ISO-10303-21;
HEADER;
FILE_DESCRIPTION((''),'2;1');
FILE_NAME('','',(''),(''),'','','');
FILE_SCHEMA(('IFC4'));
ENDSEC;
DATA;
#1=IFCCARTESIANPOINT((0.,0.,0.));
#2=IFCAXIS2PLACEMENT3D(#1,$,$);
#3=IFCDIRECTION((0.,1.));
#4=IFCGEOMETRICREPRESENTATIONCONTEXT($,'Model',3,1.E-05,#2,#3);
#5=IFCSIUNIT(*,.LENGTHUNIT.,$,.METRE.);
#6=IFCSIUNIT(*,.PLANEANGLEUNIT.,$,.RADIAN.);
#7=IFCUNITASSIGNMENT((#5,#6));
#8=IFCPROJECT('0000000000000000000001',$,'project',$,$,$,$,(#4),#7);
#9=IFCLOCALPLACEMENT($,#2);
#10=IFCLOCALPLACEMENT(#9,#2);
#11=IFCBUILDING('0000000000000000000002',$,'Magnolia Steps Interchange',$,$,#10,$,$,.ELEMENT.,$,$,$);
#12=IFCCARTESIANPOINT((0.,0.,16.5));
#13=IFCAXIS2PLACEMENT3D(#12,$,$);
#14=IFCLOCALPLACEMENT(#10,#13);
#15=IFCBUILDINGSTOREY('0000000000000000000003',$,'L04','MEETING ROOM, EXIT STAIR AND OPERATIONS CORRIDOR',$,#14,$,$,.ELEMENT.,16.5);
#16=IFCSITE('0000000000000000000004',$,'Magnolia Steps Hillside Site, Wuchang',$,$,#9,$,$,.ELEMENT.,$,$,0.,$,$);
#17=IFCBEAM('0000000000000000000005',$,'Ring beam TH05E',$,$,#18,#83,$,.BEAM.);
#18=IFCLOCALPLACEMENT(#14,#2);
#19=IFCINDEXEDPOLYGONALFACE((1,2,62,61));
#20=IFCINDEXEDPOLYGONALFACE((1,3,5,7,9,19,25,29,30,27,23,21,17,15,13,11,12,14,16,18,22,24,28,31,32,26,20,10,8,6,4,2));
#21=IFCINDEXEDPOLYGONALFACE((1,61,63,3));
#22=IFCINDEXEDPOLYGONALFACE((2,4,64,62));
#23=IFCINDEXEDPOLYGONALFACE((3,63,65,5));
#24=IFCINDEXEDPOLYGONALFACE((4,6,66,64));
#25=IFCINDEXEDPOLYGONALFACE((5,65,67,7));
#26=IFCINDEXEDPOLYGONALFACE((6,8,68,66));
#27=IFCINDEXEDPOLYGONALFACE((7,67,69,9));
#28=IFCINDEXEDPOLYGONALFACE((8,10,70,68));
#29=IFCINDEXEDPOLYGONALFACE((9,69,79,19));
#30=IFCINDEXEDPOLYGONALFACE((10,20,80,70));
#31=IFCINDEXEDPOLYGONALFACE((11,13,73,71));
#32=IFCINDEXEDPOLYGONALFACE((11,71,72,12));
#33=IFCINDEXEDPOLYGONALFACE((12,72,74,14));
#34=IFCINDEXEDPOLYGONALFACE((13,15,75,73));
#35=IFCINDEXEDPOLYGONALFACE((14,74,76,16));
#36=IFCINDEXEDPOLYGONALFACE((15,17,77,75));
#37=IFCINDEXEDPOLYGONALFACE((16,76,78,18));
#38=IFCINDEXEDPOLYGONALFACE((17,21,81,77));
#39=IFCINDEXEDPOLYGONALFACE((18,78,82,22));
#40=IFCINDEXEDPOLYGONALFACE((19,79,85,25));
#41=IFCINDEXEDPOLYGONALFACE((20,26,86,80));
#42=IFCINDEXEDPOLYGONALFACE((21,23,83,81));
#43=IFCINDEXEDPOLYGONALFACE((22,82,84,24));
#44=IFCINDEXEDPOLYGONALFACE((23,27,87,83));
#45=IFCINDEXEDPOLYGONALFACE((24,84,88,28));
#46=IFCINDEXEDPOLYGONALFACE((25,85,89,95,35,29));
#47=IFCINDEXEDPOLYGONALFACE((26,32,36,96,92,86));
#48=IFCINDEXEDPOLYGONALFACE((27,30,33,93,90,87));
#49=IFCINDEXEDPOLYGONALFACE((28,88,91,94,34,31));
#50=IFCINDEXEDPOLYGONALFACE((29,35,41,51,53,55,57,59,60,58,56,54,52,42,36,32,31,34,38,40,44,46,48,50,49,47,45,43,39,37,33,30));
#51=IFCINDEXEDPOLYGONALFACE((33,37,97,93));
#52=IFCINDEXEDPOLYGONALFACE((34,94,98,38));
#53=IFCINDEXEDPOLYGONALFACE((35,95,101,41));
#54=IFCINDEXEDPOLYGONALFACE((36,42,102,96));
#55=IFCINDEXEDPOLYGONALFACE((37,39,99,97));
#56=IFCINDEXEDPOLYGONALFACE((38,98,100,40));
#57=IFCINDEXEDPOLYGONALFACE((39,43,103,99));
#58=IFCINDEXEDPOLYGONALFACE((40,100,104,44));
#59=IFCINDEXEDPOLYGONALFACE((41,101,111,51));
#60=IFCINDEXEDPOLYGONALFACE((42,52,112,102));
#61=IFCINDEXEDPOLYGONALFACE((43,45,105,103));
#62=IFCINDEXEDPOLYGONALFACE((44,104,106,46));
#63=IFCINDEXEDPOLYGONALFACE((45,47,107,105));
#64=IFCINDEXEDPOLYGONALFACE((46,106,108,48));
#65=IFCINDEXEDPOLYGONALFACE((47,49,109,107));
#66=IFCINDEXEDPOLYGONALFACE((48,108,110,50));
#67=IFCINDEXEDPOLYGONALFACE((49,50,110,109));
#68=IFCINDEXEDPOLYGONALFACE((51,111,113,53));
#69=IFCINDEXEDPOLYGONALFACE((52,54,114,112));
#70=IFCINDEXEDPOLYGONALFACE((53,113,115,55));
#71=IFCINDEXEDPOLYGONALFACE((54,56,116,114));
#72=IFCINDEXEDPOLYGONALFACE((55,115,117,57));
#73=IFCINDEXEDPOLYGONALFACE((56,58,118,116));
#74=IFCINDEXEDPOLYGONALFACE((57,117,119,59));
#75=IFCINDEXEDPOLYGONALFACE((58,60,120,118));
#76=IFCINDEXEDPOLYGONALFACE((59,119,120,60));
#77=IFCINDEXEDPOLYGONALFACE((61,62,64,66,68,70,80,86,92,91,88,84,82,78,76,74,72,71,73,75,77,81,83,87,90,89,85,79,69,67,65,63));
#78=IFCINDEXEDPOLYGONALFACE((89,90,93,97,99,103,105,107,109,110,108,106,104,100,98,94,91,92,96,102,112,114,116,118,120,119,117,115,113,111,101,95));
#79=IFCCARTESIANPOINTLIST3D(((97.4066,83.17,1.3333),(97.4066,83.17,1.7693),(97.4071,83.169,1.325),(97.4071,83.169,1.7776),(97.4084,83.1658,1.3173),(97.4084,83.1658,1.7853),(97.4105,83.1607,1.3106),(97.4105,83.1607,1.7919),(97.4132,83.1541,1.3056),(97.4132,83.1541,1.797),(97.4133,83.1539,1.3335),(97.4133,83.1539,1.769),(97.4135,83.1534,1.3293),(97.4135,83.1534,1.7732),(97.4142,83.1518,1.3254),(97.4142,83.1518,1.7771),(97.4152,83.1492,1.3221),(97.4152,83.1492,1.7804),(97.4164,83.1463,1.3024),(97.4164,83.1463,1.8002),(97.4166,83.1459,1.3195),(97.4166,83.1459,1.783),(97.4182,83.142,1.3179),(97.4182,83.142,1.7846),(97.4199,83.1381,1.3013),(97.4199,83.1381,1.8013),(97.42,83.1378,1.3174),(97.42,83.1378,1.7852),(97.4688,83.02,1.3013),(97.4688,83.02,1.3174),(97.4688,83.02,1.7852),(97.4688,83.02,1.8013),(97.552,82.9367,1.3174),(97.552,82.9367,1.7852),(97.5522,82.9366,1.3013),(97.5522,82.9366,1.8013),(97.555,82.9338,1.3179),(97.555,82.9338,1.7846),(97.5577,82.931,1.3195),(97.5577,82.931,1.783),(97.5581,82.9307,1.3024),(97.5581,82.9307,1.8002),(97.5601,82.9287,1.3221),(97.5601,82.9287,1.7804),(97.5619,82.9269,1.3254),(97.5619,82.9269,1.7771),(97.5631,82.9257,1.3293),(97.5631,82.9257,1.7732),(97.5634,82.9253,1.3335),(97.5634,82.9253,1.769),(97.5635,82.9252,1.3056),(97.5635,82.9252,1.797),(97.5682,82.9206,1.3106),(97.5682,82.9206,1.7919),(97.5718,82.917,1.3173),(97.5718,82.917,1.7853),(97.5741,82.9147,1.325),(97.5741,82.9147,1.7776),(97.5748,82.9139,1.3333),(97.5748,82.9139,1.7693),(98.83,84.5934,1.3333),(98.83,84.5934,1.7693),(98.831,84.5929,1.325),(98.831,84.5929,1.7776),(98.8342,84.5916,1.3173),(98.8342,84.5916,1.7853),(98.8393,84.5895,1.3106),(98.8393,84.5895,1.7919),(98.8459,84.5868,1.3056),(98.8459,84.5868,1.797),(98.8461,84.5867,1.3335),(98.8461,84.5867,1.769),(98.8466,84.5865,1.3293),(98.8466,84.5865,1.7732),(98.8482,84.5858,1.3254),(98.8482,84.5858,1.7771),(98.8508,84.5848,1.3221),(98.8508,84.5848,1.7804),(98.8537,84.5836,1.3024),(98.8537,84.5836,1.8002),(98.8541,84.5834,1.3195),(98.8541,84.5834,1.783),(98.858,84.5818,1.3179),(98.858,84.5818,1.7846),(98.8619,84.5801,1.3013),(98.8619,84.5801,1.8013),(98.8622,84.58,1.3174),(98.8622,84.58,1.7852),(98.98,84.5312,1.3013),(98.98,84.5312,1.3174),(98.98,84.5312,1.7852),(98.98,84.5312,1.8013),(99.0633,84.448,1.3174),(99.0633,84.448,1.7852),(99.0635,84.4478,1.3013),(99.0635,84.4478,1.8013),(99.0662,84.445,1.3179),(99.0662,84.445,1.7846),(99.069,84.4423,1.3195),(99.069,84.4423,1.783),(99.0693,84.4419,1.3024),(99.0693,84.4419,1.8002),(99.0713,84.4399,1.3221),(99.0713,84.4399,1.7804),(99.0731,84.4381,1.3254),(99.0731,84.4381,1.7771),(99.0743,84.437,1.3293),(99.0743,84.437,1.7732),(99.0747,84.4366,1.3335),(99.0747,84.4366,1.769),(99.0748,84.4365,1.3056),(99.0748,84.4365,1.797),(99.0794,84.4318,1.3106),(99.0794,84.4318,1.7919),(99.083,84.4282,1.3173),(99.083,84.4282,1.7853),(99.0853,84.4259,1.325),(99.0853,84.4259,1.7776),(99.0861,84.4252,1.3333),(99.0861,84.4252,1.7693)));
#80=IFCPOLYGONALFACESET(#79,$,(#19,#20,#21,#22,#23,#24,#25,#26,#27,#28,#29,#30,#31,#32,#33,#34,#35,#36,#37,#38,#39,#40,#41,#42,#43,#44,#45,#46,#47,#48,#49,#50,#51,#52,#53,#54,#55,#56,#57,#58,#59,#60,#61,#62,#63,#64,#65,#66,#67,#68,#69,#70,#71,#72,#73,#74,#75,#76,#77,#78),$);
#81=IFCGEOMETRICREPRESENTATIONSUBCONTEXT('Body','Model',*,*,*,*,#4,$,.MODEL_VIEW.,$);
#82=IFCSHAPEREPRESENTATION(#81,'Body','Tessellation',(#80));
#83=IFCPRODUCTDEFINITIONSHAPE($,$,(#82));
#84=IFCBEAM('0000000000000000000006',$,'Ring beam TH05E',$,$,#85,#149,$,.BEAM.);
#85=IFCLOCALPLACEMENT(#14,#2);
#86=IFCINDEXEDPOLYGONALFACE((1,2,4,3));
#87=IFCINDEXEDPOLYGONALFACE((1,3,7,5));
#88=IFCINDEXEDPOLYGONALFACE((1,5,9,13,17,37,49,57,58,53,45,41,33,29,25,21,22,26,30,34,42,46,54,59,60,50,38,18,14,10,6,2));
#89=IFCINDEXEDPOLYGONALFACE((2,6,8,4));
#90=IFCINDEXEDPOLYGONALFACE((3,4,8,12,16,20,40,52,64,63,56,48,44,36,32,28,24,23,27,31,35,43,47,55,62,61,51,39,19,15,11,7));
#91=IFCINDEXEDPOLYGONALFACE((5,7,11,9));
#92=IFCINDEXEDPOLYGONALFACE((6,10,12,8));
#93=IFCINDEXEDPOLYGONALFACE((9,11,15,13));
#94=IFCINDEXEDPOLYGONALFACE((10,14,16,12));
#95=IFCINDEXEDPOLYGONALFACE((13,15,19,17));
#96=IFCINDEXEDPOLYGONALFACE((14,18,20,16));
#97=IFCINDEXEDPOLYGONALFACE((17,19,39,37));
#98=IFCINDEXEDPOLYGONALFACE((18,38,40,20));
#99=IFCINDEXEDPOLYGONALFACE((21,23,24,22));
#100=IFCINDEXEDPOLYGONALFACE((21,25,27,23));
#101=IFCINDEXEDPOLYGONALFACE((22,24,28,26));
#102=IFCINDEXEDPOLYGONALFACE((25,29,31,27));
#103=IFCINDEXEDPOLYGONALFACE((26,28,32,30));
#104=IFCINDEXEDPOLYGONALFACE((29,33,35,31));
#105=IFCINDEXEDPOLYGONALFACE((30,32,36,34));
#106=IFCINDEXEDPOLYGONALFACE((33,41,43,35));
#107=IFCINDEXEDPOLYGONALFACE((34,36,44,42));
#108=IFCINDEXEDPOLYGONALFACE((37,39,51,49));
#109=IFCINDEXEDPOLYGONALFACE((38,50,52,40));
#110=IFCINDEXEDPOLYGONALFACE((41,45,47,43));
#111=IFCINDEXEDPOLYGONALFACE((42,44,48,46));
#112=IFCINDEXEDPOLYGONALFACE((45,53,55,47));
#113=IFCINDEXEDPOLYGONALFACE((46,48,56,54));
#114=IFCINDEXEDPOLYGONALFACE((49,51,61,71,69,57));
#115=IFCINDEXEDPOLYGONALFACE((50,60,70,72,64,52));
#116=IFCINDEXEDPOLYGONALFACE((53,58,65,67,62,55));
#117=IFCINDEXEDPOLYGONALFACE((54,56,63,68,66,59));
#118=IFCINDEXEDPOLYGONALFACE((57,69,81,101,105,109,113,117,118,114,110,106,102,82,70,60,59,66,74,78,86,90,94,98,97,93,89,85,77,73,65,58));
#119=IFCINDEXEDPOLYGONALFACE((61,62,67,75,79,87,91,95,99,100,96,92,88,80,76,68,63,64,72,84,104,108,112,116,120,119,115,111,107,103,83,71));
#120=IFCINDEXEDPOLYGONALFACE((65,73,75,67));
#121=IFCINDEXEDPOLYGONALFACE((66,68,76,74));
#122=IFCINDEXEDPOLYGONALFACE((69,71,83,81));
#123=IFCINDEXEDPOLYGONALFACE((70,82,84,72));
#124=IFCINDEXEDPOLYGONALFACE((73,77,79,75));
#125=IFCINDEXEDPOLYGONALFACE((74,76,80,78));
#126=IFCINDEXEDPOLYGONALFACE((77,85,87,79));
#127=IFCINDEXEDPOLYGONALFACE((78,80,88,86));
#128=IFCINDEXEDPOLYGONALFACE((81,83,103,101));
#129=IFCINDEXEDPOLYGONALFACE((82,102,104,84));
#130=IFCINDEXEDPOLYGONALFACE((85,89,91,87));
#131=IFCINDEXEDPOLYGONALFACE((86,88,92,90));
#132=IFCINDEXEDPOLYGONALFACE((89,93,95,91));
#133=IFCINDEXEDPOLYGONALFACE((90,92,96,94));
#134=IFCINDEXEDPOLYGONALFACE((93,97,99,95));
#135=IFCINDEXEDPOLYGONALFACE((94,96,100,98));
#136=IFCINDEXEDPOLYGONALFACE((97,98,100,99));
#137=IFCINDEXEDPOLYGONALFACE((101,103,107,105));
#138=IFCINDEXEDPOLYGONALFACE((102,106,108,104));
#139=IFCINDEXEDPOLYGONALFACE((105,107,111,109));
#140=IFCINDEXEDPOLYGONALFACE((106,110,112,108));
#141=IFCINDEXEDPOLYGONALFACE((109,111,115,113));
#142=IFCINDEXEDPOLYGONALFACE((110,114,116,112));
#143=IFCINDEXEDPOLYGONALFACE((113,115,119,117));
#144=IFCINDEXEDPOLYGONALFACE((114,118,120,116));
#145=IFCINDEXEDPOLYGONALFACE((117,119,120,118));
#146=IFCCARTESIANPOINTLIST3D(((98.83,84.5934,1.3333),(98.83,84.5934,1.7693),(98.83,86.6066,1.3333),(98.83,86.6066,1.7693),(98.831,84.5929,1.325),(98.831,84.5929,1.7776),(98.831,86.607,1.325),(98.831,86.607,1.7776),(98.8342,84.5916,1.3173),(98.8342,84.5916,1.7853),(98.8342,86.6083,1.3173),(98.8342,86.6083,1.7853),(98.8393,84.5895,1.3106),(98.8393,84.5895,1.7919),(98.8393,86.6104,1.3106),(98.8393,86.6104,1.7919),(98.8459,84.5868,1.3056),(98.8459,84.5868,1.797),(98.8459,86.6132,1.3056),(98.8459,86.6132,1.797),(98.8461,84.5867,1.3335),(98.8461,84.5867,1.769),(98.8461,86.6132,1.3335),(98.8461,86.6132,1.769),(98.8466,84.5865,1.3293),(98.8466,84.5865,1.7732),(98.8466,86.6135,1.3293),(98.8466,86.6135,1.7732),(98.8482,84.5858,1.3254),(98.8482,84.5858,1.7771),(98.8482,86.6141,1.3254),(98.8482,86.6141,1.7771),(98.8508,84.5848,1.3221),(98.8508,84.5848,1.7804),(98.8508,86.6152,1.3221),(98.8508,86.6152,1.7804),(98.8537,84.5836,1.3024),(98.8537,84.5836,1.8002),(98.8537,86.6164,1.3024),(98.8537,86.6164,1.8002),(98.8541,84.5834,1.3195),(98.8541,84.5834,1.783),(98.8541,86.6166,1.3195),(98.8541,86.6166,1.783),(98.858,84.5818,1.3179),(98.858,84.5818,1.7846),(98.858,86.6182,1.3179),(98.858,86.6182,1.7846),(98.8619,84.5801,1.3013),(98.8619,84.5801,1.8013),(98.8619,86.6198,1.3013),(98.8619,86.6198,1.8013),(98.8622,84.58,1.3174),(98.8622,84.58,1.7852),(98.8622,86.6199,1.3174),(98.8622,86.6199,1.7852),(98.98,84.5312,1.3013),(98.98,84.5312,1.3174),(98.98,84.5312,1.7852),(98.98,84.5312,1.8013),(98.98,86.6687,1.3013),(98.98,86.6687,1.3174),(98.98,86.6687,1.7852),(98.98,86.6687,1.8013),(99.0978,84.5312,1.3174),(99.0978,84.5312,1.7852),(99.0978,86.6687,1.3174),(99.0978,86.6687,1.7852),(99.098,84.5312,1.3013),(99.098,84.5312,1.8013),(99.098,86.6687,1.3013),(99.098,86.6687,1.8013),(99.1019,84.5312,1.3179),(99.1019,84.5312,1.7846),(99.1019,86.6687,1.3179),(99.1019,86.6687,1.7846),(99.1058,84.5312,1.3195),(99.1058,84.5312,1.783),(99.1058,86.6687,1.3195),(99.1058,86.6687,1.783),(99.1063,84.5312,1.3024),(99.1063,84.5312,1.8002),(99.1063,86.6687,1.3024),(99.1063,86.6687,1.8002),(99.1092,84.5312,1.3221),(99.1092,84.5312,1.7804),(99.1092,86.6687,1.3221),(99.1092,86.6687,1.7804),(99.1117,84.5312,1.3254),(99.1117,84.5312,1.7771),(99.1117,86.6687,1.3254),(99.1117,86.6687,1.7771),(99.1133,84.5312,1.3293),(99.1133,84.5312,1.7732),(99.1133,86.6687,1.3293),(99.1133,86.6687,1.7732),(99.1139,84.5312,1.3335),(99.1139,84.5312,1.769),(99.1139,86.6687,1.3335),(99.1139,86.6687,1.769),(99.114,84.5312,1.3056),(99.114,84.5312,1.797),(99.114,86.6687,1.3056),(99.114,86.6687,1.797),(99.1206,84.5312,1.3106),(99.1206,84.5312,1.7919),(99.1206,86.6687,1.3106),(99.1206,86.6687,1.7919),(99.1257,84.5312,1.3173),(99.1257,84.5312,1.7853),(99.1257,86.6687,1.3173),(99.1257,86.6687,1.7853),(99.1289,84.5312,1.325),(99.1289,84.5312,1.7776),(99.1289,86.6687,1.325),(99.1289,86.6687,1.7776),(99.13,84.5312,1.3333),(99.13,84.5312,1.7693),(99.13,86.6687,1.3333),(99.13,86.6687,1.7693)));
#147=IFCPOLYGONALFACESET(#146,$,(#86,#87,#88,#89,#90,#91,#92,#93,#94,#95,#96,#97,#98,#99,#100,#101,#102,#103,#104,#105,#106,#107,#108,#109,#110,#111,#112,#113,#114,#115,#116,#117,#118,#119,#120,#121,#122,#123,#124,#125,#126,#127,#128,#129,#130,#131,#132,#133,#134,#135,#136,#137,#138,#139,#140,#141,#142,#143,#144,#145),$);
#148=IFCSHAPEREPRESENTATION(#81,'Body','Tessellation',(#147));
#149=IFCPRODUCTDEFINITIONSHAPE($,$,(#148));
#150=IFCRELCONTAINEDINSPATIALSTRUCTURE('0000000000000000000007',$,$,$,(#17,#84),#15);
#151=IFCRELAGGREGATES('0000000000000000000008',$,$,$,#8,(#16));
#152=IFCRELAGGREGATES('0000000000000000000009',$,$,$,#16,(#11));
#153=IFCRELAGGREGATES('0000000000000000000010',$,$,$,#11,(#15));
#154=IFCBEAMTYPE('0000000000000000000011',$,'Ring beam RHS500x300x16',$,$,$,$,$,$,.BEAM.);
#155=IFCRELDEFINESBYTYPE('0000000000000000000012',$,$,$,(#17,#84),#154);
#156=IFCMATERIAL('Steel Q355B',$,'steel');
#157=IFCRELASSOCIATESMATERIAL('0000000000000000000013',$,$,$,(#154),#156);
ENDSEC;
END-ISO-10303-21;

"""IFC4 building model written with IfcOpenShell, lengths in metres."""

from ifc_helpers import new_model, si_unit, direction, frame, origin, origin_2d, place, context, subcontext, project, spatial, hollow_rectangle, extrude, clip, halfspace, material, material_profile, profile_set, type_object, element, save


model = new_model("IFC4")

# Units and contexts
model_context = context("Model", 3, precision=1e-05, world=origin(), true_north=direction((0.0, 1.0)))
body_context = subcontext(model_context, "Body", "Model", "MODEL_VIEW")
ifc_project = project(units=[si_unit("LENGTHUNIT", "METRE"), si_unit("PLANEANGLEUNIT", "RADIAN")], contexts=[model_context])

# Site, building, storey
site_placement = place(None, origin())
site = spatial("IfcSite", under=ifc_project, at=site_placement, Name="Magnolia Steps Hillside Site, Wuchang", CompositionType="ELEMENT", RefElevation=0.0)
building_placement = place(site_placement, origin())
building = spatial("IfcBuilding", under=site, at=building_placement, Name="Magnolia Steps Interchange", CompositionType="ELEMENT")
storey_placement = place(building_placement, frame((0.0, 0.0, 16.5)))
storey = spatial("IfcBuildingStorey", under=building, at=storey_placement, Name="L04", Description="MEETING ROOM, EXIT STAIR AND OPERATIONS CORRIDOR", CompositionType="ELEMENT", Elevation=16.5)

# Beams
ifc_material_1 = material(Name="Steel Q355B", Category="steel")
ifc_material_profile_1 = material_profile(ifc_material_1, hollow_rectangle(XDim=0.3, YDim=0.5, WallThickness=0.0161, InnerFilletRadius=0.0161, OuterFilletRadius=0.032, at=origin_2d()), Name="RHS500x300x16")
ifc_profile_set_1 = profile_set([ifc_material_profile_1], Name="Steel Q355B")
beam_type_1 = type_object("IfcBeamType", Name="Ring beam RHS500x300x16", PredefinedType="BEAM", material=ifc_profile_set_1)
beam_1_placement = place(storey_placement, frame((97.4688, 83.02, 1.5513), z_axis=(0.707107, 0.707107, 0.0), x_axis=(-0.707107, 0.707107, 0.0)))
element("IfcBeam", 1, at=beam_1_placement, inside=storey, type_object=beam_type_1, Name="Ring beam TH05E", PredefinedType="BEAM", context=body_context, shape_type="Clipping", body=[
    clip(clip(extrude(hollow_rectangle(XDim=0.3, YDim=0.5, WallThickness=0.0161, InnerFilletRadius=0.0161, OuterFilletRadius=0.032, at=origin_2d()), origin(), (0.0, 0.0, 1.0), 2.1372), halfspace(frame((0.0, 0.0, 0.0), z_axis=(0.382683, 0.0, -0.92388), x_axis=(0.92388, 0.0, 0.382683)), False)), halfspace(frame((0.0, 0.0, 2.1372), z_axis=(0.382683, 0.0, 0.92388), x_axis=(0.92388, 0.0, -0.382683)), False)),
])
beam_2_placement = place(storey_placement, frame((98.98, 84.5312, 1.5513), z_axis=(0.0, 1.0, 0.0), x_axis=(-1.0, 0.0, 0.0)))
element("IfcBeam", 2, at=beam_2_placement, inside=storey, type_object=beam_type_1, Name="Ring beam TH05E", PredefinedType="BEAM", context=body_context, shape_type="Clipping", body=[
    clip(clip(extrude(hollow_rectangle(XDim=0.3, YDim=0.5, WallThickness=0.0161, InnerFilletRadius=0.0161, OuterFilletRadius=0.032, at=origin_2d()), origin(), (0.0, 0.0, 1.0), 2.1375), halfspace(frame((0.0, 0.0, 0.0), z_axis=(0.382683, 0.0, -0.92388), x_axis=(0.92388, 0.0, 0.382683)), False)), halfspace(frame((0.0, 0.0, 2.1375), z_axis=(0.382683, 0.0, 0.92388), x_axis=(0.92388, 0.0, -0.382683)), False)),
])

save(model, "model.ifc")
